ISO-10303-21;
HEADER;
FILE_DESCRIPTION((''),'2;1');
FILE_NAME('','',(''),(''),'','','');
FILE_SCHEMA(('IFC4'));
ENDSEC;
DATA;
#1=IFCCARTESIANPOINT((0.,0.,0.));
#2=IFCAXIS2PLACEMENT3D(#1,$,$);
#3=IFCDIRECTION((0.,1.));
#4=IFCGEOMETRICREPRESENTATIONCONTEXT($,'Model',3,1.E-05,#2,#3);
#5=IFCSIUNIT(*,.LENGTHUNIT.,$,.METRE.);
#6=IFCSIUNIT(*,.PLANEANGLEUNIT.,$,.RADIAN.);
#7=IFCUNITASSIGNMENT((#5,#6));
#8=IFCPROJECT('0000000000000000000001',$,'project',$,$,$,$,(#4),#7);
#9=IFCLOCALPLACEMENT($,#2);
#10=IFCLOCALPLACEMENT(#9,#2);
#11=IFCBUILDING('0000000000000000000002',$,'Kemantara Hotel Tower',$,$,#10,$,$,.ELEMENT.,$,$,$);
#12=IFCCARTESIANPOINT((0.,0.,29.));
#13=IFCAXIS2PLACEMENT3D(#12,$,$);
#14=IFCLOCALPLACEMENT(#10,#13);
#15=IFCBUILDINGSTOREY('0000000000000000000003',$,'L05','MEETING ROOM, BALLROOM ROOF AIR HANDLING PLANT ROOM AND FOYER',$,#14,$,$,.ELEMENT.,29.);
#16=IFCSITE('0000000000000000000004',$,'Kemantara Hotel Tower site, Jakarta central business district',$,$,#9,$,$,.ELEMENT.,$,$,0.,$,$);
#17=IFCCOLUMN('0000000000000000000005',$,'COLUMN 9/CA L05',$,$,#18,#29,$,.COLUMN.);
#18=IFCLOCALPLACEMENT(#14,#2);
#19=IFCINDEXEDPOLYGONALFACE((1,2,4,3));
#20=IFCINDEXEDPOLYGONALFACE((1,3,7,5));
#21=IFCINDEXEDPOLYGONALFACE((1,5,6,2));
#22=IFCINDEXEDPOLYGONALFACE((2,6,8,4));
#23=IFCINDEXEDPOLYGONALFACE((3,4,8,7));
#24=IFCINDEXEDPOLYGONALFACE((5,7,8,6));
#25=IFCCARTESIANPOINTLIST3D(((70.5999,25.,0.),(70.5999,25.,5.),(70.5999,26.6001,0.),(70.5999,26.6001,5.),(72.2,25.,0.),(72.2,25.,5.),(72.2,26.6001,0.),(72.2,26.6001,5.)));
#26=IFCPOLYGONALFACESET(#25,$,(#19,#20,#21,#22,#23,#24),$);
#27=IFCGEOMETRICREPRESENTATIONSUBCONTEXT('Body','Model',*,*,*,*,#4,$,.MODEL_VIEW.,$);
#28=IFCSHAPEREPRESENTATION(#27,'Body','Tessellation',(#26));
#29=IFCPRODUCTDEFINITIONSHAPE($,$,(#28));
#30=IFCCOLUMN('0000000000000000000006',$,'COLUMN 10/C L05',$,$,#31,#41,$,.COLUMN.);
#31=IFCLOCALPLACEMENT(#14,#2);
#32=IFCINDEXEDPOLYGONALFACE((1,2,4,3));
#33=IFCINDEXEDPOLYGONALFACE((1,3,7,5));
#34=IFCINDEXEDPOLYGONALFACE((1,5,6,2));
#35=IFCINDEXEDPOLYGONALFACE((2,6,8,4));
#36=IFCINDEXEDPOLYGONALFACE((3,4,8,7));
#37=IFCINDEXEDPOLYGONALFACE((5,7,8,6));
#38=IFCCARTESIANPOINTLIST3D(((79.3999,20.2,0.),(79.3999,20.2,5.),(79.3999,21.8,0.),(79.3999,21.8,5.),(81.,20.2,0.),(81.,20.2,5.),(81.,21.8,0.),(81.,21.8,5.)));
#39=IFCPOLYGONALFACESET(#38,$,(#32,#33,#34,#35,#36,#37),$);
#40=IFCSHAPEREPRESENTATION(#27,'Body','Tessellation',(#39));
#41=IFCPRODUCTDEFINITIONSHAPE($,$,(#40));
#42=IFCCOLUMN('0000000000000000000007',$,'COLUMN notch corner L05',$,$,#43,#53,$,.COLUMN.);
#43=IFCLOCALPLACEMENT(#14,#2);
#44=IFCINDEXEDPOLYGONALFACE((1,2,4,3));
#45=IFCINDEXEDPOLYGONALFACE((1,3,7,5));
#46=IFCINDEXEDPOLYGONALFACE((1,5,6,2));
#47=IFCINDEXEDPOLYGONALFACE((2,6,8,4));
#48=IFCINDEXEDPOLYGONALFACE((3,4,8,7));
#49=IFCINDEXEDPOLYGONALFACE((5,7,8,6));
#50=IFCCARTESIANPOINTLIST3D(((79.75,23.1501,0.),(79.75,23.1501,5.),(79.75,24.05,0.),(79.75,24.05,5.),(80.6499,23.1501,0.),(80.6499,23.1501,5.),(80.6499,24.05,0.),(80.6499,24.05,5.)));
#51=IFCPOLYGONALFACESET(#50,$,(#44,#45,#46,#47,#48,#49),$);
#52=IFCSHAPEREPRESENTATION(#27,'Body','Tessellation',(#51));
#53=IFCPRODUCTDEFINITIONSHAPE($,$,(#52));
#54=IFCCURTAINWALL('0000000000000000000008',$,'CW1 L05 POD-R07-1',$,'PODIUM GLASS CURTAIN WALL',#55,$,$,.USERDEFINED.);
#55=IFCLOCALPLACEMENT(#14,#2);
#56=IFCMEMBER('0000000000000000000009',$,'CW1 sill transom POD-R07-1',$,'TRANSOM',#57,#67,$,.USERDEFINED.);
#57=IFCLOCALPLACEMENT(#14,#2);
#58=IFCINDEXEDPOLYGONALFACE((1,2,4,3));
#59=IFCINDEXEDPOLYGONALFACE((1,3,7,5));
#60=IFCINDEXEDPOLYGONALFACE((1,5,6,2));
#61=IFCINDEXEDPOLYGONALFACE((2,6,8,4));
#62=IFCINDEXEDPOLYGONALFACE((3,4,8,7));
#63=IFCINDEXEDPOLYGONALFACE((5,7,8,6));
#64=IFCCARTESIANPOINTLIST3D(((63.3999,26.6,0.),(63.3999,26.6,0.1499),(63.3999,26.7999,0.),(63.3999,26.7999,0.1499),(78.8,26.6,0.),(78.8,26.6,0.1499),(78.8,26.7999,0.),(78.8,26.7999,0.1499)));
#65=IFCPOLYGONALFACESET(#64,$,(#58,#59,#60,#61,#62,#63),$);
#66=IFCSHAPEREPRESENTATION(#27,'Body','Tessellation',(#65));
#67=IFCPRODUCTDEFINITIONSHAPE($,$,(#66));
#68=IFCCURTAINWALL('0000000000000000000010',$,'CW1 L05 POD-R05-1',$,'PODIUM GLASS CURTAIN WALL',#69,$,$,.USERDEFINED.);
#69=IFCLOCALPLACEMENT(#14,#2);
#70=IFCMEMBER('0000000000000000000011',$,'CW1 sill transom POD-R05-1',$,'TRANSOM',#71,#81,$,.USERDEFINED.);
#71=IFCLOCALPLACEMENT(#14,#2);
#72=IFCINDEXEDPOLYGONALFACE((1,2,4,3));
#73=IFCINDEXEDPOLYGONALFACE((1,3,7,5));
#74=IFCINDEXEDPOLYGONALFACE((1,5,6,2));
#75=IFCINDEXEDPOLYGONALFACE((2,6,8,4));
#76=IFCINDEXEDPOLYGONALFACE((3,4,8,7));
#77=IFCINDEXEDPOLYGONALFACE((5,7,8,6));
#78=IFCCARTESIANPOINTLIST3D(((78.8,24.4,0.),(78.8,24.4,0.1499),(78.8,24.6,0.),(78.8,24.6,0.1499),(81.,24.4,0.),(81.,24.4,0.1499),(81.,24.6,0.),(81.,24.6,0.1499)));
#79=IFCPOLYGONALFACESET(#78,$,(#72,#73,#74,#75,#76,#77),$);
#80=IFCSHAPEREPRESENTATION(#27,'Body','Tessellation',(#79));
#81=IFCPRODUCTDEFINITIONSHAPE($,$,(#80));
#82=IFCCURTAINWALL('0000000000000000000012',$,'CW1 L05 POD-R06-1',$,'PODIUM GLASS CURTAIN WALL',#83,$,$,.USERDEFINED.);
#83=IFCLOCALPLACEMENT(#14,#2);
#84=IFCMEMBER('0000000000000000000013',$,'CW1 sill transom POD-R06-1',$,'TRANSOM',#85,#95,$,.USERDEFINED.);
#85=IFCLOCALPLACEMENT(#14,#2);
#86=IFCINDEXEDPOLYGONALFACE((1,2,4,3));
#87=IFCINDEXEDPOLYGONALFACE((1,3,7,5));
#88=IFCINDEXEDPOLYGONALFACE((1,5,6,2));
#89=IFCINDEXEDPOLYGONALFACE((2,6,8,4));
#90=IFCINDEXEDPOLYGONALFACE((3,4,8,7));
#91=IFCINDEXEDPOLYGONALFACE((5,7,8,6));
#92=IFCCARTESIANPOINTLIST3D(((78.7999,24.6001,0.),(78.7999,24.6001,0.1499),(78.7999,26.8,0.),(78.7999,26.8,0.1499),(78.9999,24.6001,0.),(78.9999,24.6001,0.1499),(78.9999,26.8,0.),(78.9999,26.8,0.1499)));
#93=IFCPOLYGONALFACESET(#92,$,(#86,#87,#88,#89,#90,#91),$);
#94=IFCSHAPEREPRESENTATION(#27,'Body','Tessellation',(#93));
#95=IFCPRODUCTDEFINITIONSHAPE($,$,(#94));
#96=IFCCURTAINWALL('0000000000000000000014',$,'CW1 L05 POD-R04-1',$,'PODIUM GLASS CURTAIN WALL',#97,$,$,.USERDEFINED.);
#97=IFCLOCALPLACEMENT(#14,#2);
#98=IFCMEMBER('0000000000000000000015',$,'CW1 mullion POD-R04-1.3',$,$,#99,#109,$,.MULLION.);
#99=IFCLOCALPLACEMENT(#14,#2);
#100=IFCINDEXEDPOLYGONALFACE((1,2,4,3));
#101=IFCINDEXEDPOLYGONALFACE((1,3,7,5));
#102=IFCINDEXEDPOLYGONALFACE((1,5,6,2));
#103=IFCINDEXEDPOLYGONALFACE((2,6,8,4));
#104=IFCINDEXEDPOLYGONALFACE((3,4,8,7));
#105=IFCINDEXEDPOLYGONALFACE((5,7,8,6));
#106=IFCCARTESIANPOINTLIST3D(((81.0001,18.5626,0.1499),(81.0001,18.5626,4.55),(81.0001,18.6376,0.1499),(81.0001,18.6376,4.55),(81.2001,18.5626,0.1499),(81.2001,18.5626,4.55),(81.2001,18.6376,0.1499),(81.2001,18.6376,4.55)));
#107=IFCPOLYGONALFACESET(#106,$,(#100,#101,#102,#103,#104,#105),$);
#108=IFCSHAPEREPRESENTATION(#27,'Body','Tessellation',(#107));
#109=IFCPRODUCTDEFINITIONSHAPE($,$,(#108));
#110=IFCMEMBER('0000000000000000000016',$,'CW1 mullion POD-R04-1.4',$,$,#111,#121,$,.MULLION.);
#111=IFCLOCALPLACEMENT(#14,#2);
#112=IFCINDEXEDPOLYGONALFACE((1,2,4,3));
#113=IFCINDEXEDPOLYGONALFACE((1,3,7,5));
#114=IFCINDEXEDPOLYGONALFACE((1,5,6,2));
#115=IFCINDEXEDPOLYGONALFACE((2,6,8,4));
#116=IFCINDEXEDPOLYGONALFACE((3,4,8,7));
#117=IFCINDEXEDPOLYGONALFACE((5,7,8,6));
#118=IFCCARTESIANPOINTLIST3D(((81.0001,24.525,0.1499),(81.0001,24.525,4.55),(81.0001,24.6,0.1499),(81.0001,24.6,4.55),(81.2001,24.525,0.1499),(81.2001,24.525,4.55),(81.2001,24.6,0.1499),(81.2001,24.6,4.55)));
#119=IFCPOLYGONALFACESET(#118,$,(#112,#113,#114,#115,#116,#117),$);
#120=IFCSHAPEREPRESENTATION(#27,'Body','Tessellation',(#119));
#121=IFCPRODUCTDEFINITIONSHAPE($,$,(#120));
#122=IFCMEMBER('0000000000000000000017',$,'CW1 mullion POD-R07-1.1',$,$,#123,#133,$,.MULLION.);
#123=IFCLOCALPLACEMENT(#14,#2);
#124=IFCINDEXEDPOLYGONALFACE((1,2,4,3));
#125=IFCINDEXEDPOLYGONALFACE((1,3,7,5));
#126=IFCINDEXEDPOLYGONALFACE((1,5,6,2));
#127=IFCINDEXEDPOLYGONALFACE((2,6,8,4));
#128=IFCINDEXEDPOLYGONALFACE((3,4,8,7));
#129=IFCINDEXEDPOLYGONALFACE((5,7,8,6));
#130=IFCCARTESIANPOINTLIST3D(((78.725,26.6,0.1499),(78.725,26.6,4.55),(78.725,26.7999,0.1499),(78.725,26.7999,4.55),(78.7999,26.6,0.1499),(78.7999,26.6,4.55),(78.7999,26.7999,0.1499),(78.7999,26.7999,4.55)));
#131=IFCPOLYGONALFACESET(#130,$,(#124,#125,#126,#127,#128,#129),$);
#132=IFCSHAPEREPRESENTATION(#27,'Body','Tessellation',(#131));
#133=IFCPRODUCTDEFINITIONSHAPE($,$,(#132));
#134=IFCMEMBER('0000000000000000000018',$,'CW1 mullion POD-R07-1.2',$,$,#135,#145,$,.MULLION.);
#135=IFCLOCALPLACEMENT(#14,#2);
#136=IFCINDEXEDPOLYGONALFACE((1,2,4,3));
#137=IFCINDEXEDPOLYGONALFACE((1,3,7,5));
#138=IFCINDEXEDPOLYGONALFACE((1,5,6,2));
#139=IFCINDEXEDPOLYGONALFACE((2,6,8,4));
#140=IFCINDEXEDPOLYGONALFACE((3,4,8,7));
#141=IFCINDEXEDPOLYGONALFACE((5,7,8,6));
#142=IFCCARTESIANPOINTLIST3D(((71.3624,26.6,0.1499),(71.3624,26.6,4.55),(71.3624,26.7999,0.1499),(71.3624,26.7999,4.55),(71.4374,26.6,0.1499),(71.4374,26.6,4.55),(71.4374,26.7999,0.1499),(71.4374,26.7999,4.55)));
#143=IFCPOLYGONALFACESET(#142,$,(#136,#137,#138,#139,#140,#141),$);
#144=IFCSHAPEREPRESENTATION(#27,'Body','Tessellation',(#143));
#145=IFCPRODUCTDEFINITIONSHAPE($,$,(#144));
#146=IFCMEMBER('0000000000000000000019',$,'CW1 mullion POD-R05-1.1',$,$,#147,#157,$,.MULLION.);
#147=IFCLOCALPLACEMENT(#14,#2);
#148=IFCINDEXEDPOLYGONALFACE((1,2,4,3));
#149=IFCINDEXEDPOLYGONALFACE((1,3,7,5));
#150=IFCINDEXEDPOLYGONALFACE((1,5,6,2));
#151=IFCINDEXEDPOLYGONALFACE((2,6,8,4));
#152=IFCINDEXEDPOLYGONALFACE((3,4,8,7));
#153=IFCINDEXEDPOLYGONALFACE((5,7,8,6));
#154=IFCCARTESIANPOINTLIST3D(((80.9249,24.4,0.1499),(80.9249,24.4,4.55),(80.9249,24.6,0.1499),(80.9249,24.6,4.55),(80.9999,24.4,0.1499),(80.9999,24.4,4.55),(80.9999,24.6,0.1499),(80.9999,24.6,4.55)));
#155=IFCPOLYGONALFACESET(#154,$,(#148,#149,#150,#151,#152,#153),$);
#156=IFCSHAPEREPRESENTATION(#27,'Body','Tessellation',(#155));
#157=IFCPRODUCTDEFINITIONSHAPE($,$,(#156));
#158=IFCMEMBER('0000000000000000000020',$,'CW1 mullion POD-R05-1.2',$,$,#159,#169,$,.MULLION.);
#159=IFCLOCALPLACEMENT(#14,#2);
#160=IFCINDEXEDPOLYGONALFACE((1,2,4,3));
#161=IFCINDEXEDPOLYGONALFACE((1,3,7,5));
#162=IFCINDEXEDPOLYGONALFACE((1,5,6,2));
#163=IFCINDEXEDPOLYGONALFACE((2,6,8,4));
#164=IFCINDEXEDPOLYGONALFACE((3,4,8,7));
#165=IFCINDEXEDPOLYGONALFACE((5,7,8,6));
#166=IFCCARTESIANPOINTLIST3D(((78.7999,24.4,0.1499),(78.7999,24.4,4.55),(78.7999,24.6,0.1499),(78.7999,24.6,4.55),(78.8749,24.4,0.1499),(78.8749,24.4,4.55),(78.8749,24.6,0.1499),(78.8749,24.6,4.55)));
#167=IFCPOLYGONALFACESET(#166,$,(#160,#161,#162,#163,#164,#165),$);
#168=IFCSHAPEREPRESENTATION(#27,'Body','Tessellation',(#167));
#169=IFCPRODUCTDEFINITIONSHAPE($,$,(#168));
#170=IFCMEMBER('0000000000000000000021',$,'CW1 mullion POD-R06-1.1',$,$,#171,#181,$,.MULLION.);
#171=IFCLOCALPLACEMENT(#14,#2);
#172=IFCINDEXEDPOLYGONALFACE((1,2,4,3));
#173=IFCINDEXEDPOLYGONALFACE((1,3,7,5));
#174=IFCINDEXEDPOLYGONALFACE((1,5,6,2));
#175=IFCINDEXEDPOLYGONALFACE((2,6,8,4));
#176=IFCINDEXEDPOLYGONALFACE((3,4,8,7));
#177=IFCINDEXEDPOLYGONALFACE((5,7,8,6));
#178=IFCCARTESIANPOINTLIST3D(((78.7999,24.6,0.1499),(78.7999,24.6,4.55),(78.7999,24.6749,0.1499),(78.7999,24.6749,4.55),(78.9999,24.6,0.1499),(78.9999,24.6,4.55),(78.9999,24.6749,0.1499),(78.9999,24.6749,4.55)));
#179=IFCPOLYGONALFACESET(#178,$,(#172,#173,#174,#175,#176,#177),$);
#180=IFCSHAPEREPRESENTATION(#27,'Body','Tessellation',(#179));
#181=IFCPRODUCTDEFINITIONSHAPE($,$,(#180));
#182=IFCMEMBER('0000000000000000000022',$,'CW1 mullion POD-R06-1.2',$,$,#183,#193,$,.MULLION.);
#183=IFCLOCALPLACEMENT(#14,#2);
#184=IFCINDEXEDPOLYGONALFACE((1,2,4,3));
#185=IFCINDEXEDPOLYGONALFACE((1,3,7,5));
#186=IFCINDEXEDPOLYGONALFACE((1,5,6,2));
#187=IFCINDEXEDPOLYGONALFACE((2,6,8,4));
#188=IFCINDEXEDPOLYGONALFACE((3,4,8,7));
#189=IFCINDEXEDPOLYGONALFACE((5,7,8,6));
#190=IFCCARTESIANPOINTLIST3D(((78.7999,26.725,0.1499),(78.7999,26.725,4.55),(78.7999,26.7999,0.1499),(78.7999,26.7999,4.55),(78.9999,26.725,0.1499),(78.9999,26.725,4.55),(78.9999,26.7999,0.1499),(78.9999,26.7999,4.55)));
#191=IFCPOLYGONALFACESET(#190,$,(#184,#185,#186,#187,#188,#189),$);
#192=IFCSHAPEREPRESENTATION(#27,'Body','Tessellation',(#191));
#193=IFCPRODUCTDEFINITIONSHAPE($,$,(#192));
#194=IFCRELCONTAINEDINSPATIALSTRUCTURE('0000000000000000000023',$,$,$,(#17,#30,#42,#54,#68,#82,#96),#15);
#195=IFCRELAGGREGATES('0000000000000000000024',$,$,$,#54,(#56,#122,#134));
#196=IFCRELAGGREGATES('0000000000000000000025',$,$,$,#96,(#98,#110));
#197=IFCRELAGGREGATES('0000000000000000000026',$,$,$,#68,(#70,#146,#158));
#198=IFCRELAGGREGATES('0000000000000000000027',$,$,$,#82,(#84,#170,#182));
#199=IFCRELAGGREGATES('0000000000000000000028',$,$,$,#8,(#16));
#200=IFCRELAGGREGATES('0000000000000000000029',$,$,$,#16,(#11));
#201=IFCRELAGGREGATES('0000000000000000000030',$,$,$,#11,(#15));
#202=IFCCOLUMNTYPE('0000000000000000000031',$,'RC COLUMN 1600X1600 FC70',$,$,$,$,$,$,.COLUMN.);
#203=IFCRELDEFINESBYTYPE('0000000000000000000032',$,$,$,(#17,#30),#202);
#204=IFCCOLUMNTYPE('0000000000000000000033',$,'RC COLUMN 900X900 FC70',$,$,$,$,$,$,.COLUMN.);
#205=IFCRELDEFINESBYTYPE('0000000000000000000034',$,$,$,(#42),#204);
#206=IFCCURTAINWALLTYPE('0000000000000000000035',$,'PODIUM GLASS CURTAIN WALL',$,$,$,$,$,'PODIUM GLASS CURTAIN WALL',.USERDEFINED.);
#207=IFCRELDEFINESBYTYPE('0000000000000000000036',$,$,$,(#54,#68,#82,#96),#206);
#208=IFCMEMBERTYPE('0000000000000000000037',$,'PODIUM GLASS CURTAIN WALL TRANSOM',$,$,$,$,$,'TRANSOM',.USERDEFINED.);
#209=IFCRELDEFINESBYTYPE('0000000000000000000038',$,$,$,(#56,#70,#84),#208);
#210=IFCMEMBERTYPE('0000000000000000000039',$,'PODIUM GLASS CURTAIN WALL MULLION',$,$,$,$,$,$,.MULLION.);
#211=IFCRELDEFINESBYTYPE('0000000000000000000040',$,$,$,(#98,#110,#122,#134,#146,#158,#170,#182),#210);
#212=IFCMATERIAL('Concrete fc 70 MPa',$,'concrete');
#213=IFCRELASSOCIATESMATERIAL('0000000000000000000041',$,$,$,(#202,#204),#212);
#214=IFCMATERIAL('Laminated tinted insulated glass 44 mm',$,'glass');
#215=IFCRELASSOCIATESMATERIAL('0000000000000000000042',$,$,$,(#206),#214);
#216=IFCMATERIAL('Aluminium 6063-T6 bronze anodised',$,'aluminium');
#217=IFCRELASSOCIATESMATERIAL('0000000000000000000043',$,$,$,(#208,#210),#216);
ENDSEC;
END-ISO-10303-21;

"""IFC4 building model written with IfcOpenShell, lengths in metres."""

from ifc_helpers import new_model, si_unit, direction, frame, origin, origin_2d, place, context, subcontext, project, spatial, rectangle, extrude, source, transform, mapped, material, material_profile, profile_set, type_object, element, aggregate, save


model = new_model("IFC4")

# Units and contexts
model_context = context("Model", 3, precision=1e-05, world=origin(), true_north=direction((0.0, 1.0)))
body_context = subcontext(model_context, "Body", "Model", "MODEL_VIEW")
ifc_project = project(units=[si_unit("LENGTHUNIT", "METRE"), si_unit("PLANEANGLEUNIT", "RADIAN")], contexts=[model_context])

# Site, building, storey
site_placement = place(None, origin())
site = spatial("IfcSite", under=ifc_project, at=site_placement, Name="Kemantara Hotel Tower site, Jakarta central business district", CompositionType="ELEMENT", RefElevation=0.0)
building_placement = place(site_placement, origin())
building = spatial("IfcBuilding", under=site, at=building_placement, Name="Kemantara Hotel Tower", CompositionType="ELEMENT")
storey_placement = place(building_placement, frame((0.0, 0.0, 29.0)))
storey = spatial("IfcBuildingStorey", under=building, at=storey_placement, Name="L05", Description="MEETING ROOM, BALLROOM ROOF AIR HANDLING PLANT ROOM AND FOYER", CompositionType="ELEMENT", Elevation=29.0)

# Columns
ifc_material_1 = material(Name="Concrete fc 70 MPa", Category="concrete")
ifc_material_profile_1 = material_profile(ifc_material_1, rectangle(XDim=1.6001, YDim=1.6001, at=origin_2d()), Name="RC 1600X1600")
ifc_profile_set_1 = profile_set([ifc_material_profile_1], Name="Concrete fc 70 MPa")
column_type_1 = type_object("IfcColumnType", Name="RC COLUMN 1600X1600 FC70", PredefinedType="COLUMN", material=ifc_profile_set_1)
for number, where, z_axis, x_axis, name in (
    (1, (71.3999, 25.8, 0.0), (0.0, 0.0, 1.0), (1.0, 0.0, 0.0), "COLUMN 9/CA L05"),
    (2, (80.2, 21.0, 0.0), (0.0, 0.0, 1.0), (1.0, 0.0, 0.0), "COLUMN 10/C L05"),
):
    element("IfcColumn", number, at=place(storey_placement, frame(where, z_axis=z_axis, x_axis=x_axis)), inside=storey, type_object=column_type_1, Name=name, PredefinedType="COLUMN", context=body_context, shape_type="SweptSolid", body=[
        extrude(rectangle(XDim=1.6001, YDim=1.6001, at=origin_2d()), origin(), (0.0, 0.0, 1.0), 5.0),
    ])
ifc_material_profile_2 = material_profile(ifc_material_1, rectangle(XDim=0.8999, YDim=0.8999, at=origin_2d()), Name="RC 900X900")
ifc_profile_set_2 = profile_set([ifc_material_profile_2], Name="Concrete fc 70 MPa")
column_type_2 = type_object("IfcColumnType", Name="RC COLUMN 900X900 FC70", PredefinedType="COLUMN", material=ifc_profile_set_2)
column_placement = place(storey_placement, frame((80.2, 23.6001, 0.0), z_axis=(0.0, 0.0, 1.0), x_axis=(1.0, 0.0, 0.0)))
element("IfcColumn", 3, at=column_placement, inside=storey, type_object=column_type_2, Name="COLUMN notch corner L05", PredefinedType="COLUMN", context=body_context, shape_type="SweptSolid", body=[
    extrude(rectangle(XDim=0.8999, YDim=0.8999, at=origin_2d()), origin(), (0.0, 0.0, 1.0), 5.0),
])

# Curtain walls, members
ifc_material_2 = material(Name="Laminated tinted insulated glass 44 mm", Category="glass")
curtain_wall_type = type_object("IfcCurtainWallType", Name="PODIUM GLASS CURTAIN WALL", ElementType="PODIUM GLASS CURTAIN WALL", PredefinedType="USERDEFINED", material=ifc_material_2)
curtain_wall_1_placement = place(storey_placement, origin())
curtain_wall_1 = element("IfcCurtainWall", 4, at=curtain_wall_1_placement, inside=storey, type_object=curtain_wall_type, Name="CW1 L05 POD-R07-1", ObjectType="PODIUM GLASS CURTAIN WALL", PredefinedType="USERDEFINED")
ifc_material_3 = material(Name="Aluminium 6063-T6 bronze anodised", Category="aluminium")
ifc_material_profile_3 = material_profile(ifc_material_3, rectangle(XDim=0.2, YDim=0.1499, at=origin_2d()), Name="PODIUM GLASS CURTAIN WALL TRANSOM")
ifc_profile_set_3 = profile_set([ifc_material_profile_3], Name="Aluminium 6063-T6 bronze anodised")
member_type_1 = type_object("IfcMemberType", Name="PODIUM GLASS CURTAIN WALL TRANSOM", ElementType="TRANSOM", PredefinedType="USERDEFINED", material=ifc_profile_set_3)
member_1_placement = place(storey_placement, frame((78.8, 26.7, 0.075), z_axis=(-1.0, 0.0, 0.0), x_axis=(0.0, -1.0, 0.0)))
member_1 = element("IfcMember", 5, at=member_1_placement, type_object=member_type_1, Name="CW1 sill transom POD-R07-1", ObjectType="TRANSOM", PredefinedType="USERDEFINED", context=body_context, shape_type="SweptSolid", body=[
    extrude(rectangle(XDim=0.2, YDim=0.1499, at=origin_2d()), origin(), (0.0, 0.0, 1.0), 15.4001),
])
curtain_wall_2_placement = place(storey_placement, origin())
curtain_wall_2 = element("IfcCurtainWall", 6, at=curtain_wall_2_placement, inside=storey, type_object=curtain_wall_type, Name="CW1 L05 POD-R05-1", ObjectType="PODIUM GLASS CURTAIN WALL", PredefinedType="USERDEFINED")
member_2_placement = place(storey_placement, frame((81.0, 24.5, 0.075), z_axis=(-1.0, 0.0, 0.0), x_axis=(0.0, -1.0, 0.0)))
member_2 = element("IfcMember", 7, at=member_2_placement, type_object=member_type_1, Name="CW1 sill transom POD-R05-1", ObjectType="TRANSOM", PredefinedType="USERDEFINED", context=body_context, shape_type="SweptSolid", body=[
    extrude(rectangle(XDim=0.2, YDim=0.1499, at=origin_2d()), origin(), (0.0, 0.0, 1.0), 2.2),
])
curtain_wall_3_placement = place(storey_placement, origin())
curtain_wall_3 = element("IfcCurtainWall", 8, at=curtain_wall_3_placement, inside=storey, type_object=curtain_wall_type, Name="CW1 L05 POD-R06-1", ObjectType="PODIUM GLASS CURTAIN WALL", PredefinedType="USERDEFINED")
member_3_placement = place(storey_placement, frame((78.8999, 24.6001, 0.075), z_axis=(0.0, 1.0, 0.0), x_axis=(-1.0, 0.0, 0.0)))
member_3 = element("IfcMember", 9, at=member_3_placement, type_object=member_type_1, Name="CW1 sill transom POD-R06-1", ObjectType="TRANSOM", PredefinedType="USERDEFINED", context=body_context, shape_type="SweptSolid", body=[
    extrude(rectangle(XDim=0.2, YDim=0.1499, at=origin_2d()), origin(), (0.0, 0.0, 1.0), 2.2),
])

# Curtain wall, members
curtain_wall_4_placement = place(storey_placement, origin())
curtain_wall_4 = element("IfcCurtainWall", 10, at=curtain_wall_4_placement, inside=storey, type_object=curtain_wall_type, Name="CW1 L05 POD-R04-1", ObjectType="PODIUM GLASS CURTAIN WALL", PredefinedType="USERDEFINED")
ifc_material_profile_4 = material_profile(ifc_material_3, rectangle(XDim=0.2, YDim=0.075, at=origin_2d()), Name="PODIUM GLASS CURTAIN WALL MULLION")
ifc_profile_set_4 = profile_set([ifc_material_profile_4], Name="Aluminium 6063-T6 bronze anodised")
member_type_2 = type_object("IfcMemberType", Name="PODIUM GLASS CURTAIN WALL MULLION", PredefinedType="MULLION", material=ifc_profile_set_4)
shared_shape_1 = source(origin(), body_context, "Body", "SweptSolid", [
    extrude(rectangle(XDim=0.2, YDim=0.075, at=origin_2d()), origin(), (0.0, 0.0, 1.0), 4.4001),
])
member_4_placement = place(storey_placement, frame((81.1001, 18.6001, 0.1499), z_axis=(0.0, 0.0, 1.0), x_axis=(-1.0, 0.0, 0.0)))
member_4 = element("IfcMember", 11, at=member_4_placement, type_object=member_type_2, Name="CW1 mullion POD-R04-1.3", PredefinedType="MULLION", context=body_context, shape_type="MappedRepresentation", body=[
    mapped(shared_shape_1, transform((0.0, 0.0, 0.0))),
])
member_5_placement = place(storey_placement, frame((81.1001, 24.5625, 0.1499), z_axis=(0.0, 0.0, 1.0), x_axis=(-1.0, 0.0, 0.0)))
member_5 = element("IfcMember", 12, at=member_5_placement, type_object=member_type_2, Name="CW1 mullion POD-R04-1.4", PredefinedType="MULLION", context=body_context, shape_type="MappedRepresentation", body=[
    mapped(shared_shape_1, transform((0.0, 0.0, 0.0))),
])

# Members
member_6_placement = place(storey_placement, frame((78.7625, 26.7, 0.1499), z_axis=(0.0, 0.0, 1.0), x_axis=(0.0, -1.0, 0.0)))
member_6 = element("IfcMember", 13, at=member_6_placement, type_object=member_type_2, Name="CW1 mullion POD-R07-1.1", PredefinedType="MULLION", context=body_context, shape_type="MappedRepresentation", body=[
    mapped(shared_shape_1, transform((0.0, 0.0, 0.0))),
])
member_7_placement = place(storey_placement, frame((71.3999, 26.7, 0.1499), z_axis=(0.0, 0.0, 1.0), x_axis=(0.0, -1.0, 0.0)))
member_7 = element("IfcMember", 14, at=member_7_placement, type_object=member_type_2, Name="CW1 mullion POD-R07-1.2", PredefinedType="MULLION", context=body_context, shape_type="MappedRepresentation", body=[
    mapped(shared_shape_1, transform((0.0, 0.0, 0.0))),
])
member_8_placement = place(storey_placement, frame((80.9624, 24.5, 0.1499), z_axis=(0.0, 0.0, 1.0), x_axis=(0.0, -1.0, 0.0)))
member_8 = element("IfcMember", 15, at=member_8_placement, type_object=member_type_2, Name="CW1 mullion POD-R05-1.1", PredefinedType="MULLION", context=body_context, shape_type="MappedRepresentation", body=[
    mapped(shared_shape_1, transform((0.0, 0.0, 0.0))),
])
member_9_placement = place(storey_placement, frame((78.8374, 24.5, 0.1499), z_axis=(0.0, 0.0, 1.0), x_axis=(0.0, -1.0, 0.0)))
member_9 = element("IfcMember", 16, at=member_9_placement, type_object=member_type_2, Name="CW1 mullion POD-R05-1.2", PredefinedType="MULLION", context=body_context, shape_type="MappedRepresentation", body=[
    mapped(shared_shape_1, transform((0.0, 0.0, 0.0))),
])
member_10_placement = place(storey_placement, frame((78.8999, 24.6375, 0.1499), z_axis=(0.0, 0.0, 1.0), x_axis=(-1.0, 0.0, 0.0)))
member_10 = element("IfcMember", 17, at=member_10_placement, type_object=member_type_2, Name="CW1 mullion POD-R06-1.1", PredefinedType="MULLION", context=body_context, shape_type="MappedRepresentation", body=[
    mapped(shared_shape_1, transform((0.0, 0.0, 0.0))),
])
member_11_placement = place(storey_placement, frame((78.8999, 26.7625, 0.1499), z_axis=(0.0, 0.0, 1.0), x_axis=(-1.0, 0.0, 0.0)))
member_11 = element("IfcMember", 18, at=member_11_placement, type_object=member_type_2, Name="CW1 mullion POD-R06-1.2", PredefinedType="MULLION", context=body_context, shape_type="MappedRepresentation", body=[
    mapped(shared_shape_1, transform((0.0, 0.0, 0.0))),
])

aggregate(curtain_wall_1, [member_1, member_6, member_7])
aggregate(curtain_wall_4, [member_4, member_5])
aggregate(curtain_wall_2, [member_2, member_8, member_9])
aggregate(curtain_wall_3, [member_3, member_10, member_11])

save(model, "model.ifc")
